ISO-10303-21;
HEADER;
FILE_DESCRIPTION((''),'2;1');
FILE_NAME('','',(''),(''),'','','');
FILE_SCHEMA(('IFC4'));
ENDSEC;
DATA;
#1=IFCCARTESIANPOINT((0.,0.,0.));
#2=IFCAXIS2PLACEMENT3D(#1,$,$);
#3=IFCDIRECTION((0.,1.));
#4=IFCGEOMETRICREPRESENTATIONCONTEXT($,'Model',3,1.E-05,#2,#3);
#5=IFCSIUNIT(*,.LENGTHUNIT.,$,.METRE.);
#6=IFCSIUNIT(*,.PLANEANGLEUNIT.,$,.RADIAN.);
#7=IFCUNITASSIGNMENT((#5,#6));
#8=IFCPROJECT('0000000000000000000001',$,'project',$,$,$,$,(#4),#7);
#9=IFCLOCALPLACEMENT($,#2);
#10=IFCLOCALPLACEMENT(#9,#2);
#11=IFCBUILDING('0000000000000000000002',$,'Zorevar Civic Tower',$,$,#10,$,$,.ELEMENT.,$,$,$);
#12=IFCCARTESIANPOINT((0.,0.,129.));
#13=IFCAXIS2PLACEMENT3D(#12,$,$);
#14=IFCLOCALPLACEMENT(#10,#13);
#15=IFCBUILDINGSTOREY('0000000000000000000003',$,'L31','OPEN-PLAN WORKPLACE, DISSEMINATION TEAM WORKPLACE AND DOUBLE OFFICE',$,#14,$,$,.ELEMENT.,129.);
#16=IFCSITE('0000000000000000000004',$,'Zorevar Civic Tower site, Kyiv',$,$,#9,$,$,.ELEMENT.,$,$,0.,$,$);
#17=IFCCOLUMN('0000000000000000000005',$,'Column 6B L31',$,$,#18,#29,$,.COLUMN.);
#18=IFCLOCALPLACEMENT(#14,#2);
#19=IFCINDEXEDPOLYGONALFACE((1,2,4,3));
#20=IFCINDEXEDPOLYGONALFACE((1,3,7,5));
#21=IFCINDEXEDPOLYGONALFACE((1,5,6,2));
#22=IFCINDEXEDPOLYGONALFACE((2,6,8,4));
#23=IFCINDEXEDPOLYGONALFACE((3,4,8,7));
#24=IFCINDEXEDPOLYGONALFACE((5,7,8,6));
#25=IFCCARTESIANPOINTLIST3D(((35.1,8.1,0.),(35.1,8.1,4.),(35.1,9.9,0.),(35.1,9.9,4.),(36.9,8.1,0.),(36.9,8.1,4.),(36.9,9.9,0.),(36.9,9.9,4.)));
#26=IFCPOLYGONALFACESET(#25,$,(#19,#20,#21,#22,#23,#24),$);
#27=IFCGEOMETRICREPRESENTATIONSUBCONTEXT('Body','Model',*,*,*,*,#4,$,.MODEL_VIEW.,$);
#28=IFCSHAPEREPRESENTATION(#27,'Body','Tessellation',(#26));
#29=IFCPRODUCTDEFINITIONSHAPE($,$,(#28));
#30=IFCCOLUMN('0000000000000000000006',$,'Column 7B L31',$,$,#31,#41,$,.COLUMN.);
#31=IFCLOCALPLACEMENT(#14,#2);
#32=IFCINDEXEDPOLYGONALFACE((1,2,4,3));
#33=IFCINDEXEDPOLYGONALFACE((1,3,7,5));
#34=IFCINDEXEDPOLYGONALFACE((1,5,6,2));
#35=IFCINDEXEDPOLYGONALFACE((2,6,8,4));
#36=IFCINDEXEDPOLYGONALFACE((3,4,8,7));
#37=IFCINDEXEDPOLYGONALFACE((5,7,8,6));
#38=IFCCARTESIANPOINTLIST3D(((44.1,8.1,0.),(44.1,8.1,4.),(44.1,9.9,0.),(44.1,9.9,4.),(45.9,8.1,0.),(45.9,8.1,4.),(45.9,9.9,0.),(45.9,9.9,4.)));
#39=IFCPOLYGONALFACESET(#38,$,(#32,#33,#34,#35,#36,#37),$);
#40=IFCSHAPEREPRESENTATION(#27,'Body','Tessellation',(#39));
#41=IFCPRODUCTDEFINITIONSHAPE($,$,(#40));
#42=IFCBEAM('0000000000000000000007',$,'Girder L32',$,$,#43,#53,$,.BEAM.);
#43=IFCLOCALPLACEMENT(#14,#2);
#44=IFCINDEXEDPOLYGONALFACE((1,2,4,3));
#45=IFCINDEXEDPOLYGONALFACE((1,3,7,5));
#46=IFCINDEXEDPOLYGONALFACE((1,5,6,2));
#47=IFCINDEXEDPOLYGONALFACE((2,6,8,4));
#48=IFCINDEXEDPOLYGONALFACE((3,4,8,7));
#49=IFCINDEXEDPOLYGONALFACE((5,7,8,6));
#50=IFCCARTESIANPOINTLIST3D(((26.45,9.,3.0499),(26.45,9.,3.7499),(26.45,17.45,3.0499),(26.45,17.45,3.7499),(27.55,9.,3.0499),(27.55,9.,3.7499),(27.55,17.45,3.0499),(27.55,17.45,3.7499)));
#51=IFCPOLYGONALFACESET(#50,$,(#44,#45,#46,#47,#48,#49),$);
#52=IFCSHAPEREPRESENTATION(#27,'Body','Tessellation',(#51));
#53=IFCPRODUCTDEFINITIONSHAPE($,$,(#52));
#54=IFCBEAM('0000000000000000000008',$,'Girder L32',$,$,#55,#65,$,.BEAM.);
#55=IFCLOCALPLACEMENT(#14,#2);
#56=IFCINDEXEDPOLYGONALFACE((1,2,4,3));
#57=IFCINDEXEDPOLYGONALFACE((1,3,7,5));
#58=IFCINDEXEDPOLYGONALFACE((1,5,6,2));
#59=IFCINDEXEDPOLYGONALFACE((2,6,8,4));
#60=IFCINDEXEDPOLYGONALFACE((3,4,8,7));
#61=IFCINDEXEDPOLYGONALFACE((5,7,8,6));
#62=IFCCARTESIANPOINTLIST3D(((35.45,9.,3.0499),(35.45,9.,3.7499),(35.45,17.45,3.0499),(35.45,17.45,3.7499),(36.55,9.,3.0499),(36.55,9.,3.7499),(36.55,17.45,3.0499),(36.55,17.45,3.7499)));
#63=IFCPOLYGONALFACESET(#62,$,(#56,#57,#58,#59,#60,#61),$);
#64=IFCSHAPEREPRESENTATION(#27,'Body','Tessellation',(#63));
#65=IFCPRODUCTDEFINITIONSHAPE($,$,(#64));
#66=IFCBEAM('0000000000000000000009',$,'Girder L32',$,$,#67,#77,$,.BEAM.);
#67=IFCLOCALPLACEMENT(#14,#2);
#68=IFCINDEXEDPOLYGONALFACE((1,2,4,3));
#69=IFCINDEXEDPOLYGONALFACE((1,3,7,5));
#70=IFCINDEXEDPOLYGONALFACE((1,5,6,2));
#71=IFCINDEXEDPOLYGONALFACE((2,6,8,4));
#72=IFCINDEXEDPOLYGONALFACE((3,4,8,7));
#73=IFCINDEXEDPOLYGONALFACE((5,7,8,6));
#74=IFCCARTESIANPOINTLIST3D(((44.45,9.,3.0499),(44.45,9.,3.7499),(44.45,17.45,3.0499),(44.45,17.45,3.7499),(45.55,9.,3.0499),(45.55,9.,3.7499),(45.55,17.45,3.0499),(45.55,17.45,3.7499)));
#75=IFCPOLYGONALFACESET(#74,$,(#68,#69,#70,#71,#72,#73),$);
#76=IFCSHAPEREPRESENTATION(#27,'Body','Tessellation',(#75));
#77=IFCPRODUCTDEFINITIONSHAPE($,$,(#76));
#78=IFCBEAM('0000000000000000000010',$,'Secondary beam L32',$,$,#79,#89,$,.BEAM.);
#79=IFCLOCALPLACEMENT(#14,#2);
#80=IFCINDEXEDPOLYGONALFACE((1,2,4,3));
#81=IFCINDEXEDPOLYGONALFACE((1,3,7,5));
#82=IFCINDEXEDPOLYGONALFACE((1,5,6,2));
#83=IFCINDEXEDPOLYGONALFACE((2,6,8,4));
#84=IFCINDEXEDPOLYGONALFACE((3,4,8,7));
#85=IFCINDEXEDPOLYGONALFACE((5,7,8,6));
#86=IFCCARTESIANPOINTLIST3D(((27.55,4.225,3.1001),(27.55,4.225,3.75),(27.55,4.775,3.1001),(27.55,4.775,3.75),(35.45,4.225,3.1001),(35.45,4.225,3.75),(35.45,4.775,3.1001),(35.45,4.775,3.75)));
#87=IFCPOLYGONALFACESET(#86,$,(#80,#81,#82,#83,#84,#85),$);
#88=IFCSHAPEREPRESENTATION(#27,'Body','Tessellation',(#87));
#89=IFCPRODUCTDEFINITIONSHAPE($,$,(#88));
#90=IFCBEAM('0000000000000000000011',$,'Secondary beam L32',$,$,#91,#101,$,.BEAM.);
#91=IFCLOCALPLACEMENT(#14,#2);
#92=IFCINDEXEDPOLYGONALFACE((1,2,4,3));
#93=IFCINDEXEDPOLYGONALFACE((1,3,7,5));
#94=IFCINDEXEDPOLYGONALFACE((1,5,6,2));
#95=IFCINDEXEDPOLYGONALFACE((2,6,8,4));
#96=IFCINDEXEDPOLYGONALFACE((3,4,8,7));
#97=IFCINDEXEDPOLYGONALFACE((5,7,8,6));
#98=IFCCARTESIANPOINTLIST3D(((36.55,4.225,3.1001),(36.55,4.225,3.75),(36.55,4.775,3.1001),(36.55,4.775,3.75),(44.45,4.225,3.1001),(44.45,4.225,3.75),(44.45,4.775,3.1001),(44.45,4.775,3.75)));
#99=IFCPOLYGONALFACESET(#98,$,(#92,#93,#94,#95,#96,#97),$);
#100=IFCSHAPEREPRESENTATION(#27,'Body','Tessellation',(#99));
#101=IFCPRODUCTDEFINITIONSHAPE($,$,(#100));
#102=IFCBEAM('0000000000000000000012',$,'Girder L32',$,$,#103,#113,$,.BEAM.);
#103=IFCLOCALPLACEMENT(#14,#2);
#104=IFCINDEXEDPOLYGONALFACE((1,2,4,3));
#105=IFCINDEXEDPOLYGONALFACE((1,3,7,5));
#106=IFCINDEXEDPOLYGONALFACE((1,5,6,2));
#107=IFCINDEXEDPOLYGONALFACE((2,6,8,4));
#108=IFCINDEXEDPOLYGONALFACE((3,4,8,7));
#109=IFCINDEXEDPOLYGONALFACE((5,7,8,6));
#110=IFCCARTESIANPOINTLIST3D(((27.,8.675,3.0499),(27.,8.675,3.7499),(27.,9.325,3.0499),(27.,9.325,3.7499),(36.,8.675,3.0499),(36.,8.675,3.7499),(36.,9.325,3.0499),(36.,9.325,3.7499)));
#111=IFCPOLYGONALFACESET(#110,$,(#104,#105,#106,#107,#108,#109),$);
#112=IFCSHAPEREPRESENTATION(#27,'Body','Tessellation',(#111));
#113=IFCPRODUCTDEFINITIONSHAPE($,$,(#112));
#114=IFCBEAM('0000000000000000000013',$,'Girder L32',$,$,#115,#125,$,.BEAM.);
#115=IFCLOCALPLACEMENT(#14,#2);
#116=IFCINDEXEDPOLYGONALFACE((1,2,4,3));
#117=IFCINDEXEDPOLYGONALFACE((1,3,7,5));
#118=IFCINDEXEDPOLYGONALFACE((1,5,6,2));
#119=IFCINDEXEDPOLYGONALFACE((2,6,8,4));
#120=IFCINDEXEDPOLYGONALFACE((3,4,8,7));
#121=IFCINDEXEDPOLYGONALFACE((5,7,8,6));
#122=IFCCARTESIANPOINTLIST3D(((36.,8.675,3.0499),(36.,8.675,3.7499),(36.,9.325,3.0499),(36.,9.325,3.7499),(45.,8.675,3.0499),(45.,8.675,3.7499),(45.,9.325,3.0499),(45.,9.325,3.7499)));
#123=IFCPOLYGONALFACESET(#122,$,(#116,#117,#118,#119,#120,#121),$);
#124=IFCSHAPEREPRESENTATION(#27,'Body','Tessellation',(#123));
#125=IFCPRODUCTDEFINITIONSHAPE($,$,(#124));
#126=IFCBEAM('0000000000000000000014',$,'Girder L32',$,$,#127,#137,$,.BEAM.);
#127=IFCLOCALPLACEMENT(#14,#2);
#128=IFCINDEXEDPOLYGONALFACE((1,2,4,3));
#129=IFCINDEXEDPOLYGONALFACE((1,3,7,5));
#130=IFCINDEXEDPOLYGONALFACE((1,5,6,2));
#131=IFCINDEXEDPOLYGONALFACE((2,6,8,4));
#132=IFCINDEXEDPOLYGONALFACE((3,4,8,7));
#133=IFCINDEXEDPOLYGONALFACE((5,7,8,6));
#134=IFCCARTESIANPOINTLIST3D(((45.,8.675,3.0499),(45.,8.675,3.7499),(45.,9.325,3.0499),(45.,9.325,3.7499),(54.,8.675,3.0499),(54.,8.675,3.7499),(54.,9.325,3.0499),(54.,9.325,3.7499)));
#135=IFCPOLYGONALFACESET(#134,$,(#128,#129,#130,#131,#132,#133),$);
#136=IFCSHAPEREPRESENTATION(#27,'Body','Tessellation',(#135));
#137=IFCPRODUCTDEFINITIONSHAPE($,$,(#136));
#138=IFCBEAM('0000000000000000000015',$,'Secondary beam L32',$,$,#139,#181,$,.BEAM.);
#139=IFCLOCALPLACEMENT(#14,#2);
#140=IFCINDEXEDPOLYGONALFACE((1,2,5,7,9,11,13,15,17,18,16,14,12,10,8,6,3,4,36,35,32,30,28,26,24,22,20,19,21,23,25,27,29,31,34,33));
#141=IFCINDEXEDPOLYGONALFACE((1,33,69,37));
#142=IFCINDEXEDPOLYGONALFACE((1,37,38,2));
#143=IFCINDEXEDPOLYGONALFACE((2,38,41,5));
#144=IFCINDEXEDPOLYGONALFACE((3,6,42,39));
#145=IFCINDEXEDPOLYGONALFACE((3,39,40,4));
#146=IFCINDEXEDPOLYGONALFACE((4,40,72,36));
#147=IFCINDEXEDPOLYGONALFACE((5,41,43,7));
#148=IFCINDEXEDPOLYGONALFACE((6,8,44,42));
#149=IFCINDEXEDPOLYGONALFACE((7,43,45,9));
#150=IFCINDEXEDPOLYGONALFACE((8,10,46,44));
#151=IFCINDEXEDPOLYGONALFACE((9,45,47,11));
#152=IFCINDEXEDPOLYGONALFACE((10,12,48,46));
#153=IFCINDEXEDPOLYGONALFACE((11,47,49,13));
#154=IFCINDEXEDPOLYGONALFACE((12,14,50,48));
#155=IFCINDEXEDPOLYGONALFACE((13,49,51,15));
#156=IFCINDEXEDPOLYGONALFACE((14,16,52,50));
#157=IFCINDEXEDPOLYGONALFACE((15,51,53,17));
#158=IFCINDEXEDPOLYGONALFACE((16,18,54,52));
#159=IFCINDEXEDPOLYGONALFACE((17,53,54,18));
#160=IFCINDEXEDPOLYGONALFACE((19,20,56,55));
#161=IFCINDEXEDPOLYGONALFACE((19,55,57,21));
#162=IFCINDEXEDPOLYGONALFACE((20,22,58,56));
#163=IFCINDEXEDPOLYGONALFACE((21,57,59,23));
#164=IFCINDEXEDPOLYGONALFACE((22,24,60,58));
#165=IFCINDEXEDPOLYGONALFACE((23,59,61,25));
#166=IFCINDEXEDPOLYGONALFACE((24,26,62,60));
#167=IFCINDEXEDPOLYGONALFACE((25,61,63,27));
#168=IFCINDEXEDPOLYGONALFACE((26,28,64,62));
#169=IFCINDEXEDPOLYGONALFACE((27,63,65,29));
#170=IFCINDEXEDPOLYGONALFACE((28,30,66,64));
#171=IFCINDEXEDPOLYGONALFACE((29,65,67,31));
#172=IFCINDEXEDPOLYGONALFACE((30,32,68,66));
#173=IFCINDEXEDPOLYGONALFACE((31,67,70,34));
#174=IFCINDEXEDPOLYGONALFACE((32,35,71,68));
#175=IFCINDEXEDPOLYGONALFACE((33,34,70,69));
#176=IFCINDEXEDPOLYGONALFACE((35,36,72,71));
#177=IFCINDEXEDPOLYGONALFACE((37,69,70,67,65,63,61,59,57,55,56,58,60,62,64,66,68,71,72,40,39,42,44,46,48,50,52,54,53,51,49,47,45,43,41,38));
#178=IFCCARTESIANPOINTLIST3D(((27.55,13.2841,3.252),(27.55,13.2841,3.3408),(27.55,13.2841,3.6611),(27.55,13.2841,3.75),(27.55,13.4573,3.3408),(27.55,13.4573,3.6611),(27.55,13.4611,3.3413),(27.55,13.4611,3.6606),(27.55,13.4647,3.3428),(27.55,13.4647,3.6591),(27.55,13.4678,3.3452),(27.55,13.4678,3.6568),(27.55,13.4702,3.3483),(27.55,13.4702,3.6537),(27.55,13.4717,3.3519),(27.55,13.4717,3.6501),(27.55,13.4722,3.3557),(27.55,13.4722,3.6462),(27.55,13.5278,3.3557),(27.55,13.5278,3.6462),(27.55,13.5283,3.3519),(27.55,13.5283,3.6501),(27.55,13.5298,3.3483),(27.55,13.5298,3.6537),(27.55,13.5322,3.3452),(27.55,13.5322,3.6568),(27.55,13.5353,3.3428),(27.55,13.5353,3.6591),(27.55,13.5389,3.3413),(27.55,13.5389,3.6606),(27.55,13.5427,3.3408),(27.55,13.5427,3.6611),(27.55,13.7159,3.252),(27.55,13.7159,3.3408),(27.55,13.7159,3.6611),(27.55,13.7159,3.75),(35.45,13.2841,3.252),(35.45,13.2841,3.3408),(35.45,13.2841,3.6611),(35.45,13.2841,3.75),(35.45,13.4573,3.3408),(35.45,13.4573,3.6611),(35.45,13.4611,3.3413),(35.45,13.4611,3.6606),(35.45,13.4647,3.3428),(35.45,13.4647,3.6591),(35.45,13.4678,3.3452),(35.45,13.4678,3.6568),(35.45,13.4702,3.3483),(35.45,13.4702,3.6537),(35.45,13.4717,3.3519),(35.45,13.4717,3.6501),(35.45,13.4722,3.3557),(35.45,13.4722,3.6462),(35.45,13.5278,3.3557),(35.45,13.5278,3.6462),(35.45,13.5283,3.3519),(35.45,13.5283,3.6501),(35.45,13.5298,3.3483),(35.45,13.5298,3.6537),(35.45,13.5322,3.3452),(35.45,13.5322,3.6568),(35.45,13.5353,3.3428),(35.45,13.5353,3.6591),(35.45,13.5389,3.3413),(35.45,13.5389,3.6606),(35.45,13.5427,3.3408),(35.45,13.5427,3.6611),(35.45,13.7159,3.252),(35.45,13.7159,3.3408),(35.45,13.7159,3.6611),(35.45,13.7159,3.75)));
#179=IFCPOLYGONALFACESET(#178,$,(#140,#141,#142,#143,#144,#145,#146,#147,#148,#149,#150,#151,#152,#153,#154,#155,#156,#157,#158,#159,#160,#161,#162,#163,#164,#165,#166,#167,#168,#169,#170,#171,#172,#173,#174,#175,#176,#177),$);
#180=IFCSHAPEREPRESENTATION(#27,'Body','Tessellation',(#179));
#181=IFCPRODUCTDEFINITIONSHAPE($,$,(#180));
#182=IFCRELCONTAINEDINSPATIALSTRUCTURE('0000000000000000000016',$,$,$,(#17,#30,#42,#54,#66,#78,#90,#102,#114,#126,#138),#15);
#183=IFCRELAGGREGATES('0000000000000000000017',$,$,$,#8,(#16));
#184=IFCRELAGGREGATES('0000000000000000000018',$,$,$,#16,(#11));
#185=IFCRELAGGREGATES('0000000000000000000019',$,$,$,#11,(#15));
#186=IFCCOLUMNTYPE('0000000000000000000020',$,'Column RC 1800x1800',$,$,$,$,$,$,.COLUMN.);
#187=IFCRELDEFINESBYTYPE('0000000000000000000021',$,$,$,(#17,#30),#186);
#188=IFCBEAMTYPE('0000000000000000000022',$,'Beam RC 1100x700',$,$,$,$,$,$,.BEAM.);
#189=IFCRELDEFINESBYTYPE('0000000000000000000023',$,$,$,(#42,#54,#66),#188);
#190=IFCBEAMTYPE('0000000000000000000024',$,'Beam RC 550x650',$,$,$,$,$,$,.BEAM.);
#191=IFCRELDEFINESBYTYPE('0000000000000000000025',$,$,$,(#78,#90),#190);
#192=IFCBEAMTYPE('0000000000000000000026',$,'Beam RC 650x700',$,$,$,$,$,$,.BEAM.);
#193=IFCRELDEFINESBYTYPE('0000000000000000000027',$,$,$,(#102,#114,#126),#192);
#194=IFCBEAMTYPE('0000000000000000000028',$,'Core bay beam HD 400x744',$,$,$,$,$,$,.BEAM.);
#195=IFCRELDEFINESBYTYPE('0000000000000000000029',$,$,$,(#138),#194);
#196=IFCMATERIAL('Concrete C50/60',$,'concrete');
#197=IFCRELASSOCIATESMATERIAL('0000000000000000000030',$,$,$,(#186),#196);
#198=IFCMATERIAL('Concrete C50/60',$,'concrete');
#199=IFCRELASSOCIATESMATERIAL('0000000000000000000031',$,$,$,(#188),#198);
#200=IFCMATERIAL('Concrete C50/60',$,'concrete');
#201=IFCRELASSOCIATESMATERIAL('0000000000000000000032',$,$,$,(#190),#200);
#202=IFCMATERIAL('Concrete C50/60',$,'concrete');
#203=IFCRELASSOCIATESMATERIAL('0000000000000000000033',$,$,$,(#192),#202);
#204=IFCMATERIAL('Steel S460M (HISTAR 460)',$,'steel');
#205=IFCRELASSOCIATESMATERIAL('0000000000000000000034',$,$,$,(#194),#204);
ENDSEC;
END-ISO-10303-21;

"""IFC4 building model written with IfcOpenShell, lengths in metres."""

from ifc_helpers import new_model, si_unit, direction, frame, origin, origin_2d, place, context, subcontext, project, spatial, rectangle, i_section, extrude, material, material_profile, profile_set, type_object, element, save


model = new_model("IFC4")

# Units and contexts
model_context = context("Model", 3, precision=1e-05, world=origin(), true_north=direction((0.0, 1.0)))
body_context = subcontext(model_context, "Body", "Model", "MODEL_VIEW")
ifc_project = project(units=[si_unit("LENGTHUNIT", "METRE"), si_unit("PLANEANGLEUNIT", "RADIAN")], contexts=[model_context])

# Site, building, storey
site_placement = place(None, origin())
site = spatial("IfcSite", under=ifc_project, at=site_placement, Name="Zorevar Civic Tower site, Kyiv", CompositionType="ELEMENT", RefElevation=0.0)
building_placement = place(site_placement, origin())
building = spatial("IfcBuilding", under=site, at=building_placement, Name="Zorevar Civic Tower", CompositionType="ELEMENT")
storey_placement = place(building_placement, frame((0.0, 0.0, 129.0)))
storey = spatial("IfcBuildingStorey", under=building, at=storey_placement, Name="L31", Description="OPEN-PLAN WORKPLACE, DISSEMINATION TEAM WORKPLACE AND DOUBLE OFFICE", CompositionType="ELEMENT", Elevation=129.0)

# Columns
ifc_material_1 = material(Name="Concrete C50/60", Category="concrete")
ifc_material_profile_1 = material_profile(ifc_material_1, rectangle(XDim=1.8, YDim=1.8, at=origin_2d()), Name="RC 1800x1800")
ifc_profile_set_1 = profile_set([ifc_material_profile_1], Name="Concrete C50/60")
column_type = type_object("IfcColumnType", Name="Column RC 1800x1800", PredefinedType="COLUMN", material=ifc_profile_set_1)
for number, where, z_axis, x_axis, name in (
    (1, (36.0, 9.0, 0.0), (0.0, 0.0, 1.0), (1.0, 0.0, 0.0), "Column 6B L31"),
    (2, (45.0, 9.0, 0.0), (0.0, 0.0, 1.0), (1.0, 0.0, 0.0), "Column 7B L31"),
):
    element("IfcColumn", number, at=place(storey_placement, frame(where, z_axis=z_axis, x_axis=x_axis)), inside=storey, type_object=column_type, Name=name, PredefinedType="COLUMN", context=body_context, shape_type="SweptSolid", body=[
        extrude(rectangle(XDim=1.8, YDim=1.8, at=origin_2d()), origin(), (0.0, 0.0, 1.0), 4.0),
    ])

# Beams
ifc_material_2 = material(Name="Concrete C50/60", Category="concrete")
ifc_material_profile_2 = material_profile(ifc_material_2, rectangle(XDim=1.1001, YDim=0.7, at=origin_2d()), Name="RC 1100x700")
ifc_profile_set_2 = profile_set([ifc_material_profile_2], Name="Concrete C50/60")
beam_type_1 = type_object("IfcBeamType", Name="Beam RC 1100x700", PredefinedType="BEAM", material=ifc_profile_set_2)
for number, where, z_axis, x_axis, name in (
    (3, (27.0, 9.0, 3.3999), (0.0, 1.0, 0.0), (-1.0, 0.0, 0.0), "Girder L32"),
    (4, (36.0, 9.0, 3.3999), (0.0, 1.0, 0.0), (-1.0, 0.0, 0.0), "Girder L32"),
    (5, (45.0, 9.0, 3.3999), (0.0, 1.0, 0.0), (-1.0, 0.0, 0.0), "Girder L32"),
):
    element("IfcBeam", number, at=place(storey_placement, frame(where, z_axis=z_axis, x_axis=x_axis)), inside=storey, type_object=beam_type_1, Name=name, PredefinedType="BEAM", context=body_context, shape_type="SweptSolid", body=[
        extrude(rectangle(XDim=1.1001, YDim=0.7, at=origin_2d()), origin(), (0.0, 0.0, 1.0), 8.45),
    ])
ifc_material_3 = material(Name="Concrete C50/60", Category="concrete")
ifc_material_profile_3 = material_profile(ifc_material_3, rectangle(XDim=0.55, YDim=0.6499, at=origin_2d()), Name="RC 550x650")
ifc_profile_set_3 = profile_set([ifc_material_profile_3], Name="Concrete C50/60")
beam_type_2 = type_object("IfcBeamType", Name="Beam RC 550x650", PredefinedType="BEAM", material=ifc_profile_set_3)
for number, where, z_axis, x_axis, name in (
    (6, (27.55, 4.5, 3.425), (1.0, 0.0, 0.0), (0.0, 1.0, 0.0), "Secondary beam L32"),
    (7, (36.55, 4.5, 3.425), (1.0, 0.0, 0.0), (0.0, 1.0, 0.0), "Secondary beam L32"),
):
    element("IfcBeam", number, at=place(storey_placement, frame(where, z_axis=z_axis, x_axis=x_axis)), inside=storey, type_object=beam_type_2, Name=name, PredefinedType="BEAM", context=body_context, shape_type="SweptSolid", body=[
        extrude(rectangle(XDim=0.55, YDim=0.6499, at=origin_2d()), origin(), (0.0, 0.0, 1.0), 7.8999),
    ])
ifc_material_4 = material(Name="Concrete C50/60", Category="concrete")
ifc_material_profile_4 = material_profile(ifc_material_4, rectangle(XDim=0.6499, YDim=0.7, at=origin_2d()), Name="RC 650x700")
ifc_profile_set_4 = profile_set([ifc_material_profile_4], Name="Concrete C50/60")
beam_type_3 = type_object("IfcBeamType", Name="Beam RC 650x700", PredefinedType="BEAM", material=ifc_profile_set_4)
for number, where, z_axis, x_axis, name in (
    (8, (27.0, 9.0, 3.3999), (1.0, 0.0, 0.0), (0.0, 1.0, 0.0), "Girder L32"),
    (9, (36.0, 9.0, 3.3999), (1.0, 0.0, 0.0), (0.0, 1.0, 0.0), "Girder L32"),
    (10, (45.0, 9.0, 3.3999), (1.0, 0.0, 0.0), (0.0, 1.0, 0.0), "Girder L32"),
):
    element("IfcBeam", number, at=place(storey_placement, frame(where, z_axis=z_axis, x_axis=x_axis)), inside=storey, type_object=beam_type_3, Name=name, PredefinedType="BEAM", context=body_context, shape_type="SweptSolid", body=[
        extrude(rectangle(XDim=0.6499, YDim=0.7, at=origin_2d()), origin(), (0.0, 0.0, 1.0), 9.0),
    ])
ifc_material_5 = material(Name="Steel S460M (HISTAR 460)", Category="steel")
ifc_material_profile_5 = material_profile(ifc_material_5, i_section(OverallWidth=0.4319, OverallDepth=0.498, WebThickness=0.0557, FlangeThickness=0.0889, FilletRadius=0.0149, at=origin_2d()), Name="HD 400x744")
ifc_profile_set_5 = profile_set([ifc_material_profile_5], Name="Steel S460M (HISTAR 460)")
beam_type_4 = type_object("IfcBeamType", Name="Core bay beam HD 400x744", PredefinedType="BEAM", material=ifc_profile_set_5)
for number, where, z_axis, x_axis, name in (
    (11, (27.55, 13.5, 3.501), (1.0, 0.0, 0.0), (0.0, 1.0, 0.0), "Secondary beam L32"),
):
    element("IfcBeam", number, at=place(storey_placement, frame(where, z_axis=z_axis, x_axis=x_axis)), inside=storey, type_object=beam_type_4, Name=name, PredefinedType="BEAM", context=body_context, shape_type="SweptSolid", body=[
        extrude(i_section(OverallWidth=0.4319, OverallDepth=0.498, WebThickness=0.0557, FlangeThickness=0.0889, FilletRadius=0.0149, at=origin_2d()), origin(), (0.0, 0.0, 1.0), 7.8999),
    ])

save(model, "model.ifc")
